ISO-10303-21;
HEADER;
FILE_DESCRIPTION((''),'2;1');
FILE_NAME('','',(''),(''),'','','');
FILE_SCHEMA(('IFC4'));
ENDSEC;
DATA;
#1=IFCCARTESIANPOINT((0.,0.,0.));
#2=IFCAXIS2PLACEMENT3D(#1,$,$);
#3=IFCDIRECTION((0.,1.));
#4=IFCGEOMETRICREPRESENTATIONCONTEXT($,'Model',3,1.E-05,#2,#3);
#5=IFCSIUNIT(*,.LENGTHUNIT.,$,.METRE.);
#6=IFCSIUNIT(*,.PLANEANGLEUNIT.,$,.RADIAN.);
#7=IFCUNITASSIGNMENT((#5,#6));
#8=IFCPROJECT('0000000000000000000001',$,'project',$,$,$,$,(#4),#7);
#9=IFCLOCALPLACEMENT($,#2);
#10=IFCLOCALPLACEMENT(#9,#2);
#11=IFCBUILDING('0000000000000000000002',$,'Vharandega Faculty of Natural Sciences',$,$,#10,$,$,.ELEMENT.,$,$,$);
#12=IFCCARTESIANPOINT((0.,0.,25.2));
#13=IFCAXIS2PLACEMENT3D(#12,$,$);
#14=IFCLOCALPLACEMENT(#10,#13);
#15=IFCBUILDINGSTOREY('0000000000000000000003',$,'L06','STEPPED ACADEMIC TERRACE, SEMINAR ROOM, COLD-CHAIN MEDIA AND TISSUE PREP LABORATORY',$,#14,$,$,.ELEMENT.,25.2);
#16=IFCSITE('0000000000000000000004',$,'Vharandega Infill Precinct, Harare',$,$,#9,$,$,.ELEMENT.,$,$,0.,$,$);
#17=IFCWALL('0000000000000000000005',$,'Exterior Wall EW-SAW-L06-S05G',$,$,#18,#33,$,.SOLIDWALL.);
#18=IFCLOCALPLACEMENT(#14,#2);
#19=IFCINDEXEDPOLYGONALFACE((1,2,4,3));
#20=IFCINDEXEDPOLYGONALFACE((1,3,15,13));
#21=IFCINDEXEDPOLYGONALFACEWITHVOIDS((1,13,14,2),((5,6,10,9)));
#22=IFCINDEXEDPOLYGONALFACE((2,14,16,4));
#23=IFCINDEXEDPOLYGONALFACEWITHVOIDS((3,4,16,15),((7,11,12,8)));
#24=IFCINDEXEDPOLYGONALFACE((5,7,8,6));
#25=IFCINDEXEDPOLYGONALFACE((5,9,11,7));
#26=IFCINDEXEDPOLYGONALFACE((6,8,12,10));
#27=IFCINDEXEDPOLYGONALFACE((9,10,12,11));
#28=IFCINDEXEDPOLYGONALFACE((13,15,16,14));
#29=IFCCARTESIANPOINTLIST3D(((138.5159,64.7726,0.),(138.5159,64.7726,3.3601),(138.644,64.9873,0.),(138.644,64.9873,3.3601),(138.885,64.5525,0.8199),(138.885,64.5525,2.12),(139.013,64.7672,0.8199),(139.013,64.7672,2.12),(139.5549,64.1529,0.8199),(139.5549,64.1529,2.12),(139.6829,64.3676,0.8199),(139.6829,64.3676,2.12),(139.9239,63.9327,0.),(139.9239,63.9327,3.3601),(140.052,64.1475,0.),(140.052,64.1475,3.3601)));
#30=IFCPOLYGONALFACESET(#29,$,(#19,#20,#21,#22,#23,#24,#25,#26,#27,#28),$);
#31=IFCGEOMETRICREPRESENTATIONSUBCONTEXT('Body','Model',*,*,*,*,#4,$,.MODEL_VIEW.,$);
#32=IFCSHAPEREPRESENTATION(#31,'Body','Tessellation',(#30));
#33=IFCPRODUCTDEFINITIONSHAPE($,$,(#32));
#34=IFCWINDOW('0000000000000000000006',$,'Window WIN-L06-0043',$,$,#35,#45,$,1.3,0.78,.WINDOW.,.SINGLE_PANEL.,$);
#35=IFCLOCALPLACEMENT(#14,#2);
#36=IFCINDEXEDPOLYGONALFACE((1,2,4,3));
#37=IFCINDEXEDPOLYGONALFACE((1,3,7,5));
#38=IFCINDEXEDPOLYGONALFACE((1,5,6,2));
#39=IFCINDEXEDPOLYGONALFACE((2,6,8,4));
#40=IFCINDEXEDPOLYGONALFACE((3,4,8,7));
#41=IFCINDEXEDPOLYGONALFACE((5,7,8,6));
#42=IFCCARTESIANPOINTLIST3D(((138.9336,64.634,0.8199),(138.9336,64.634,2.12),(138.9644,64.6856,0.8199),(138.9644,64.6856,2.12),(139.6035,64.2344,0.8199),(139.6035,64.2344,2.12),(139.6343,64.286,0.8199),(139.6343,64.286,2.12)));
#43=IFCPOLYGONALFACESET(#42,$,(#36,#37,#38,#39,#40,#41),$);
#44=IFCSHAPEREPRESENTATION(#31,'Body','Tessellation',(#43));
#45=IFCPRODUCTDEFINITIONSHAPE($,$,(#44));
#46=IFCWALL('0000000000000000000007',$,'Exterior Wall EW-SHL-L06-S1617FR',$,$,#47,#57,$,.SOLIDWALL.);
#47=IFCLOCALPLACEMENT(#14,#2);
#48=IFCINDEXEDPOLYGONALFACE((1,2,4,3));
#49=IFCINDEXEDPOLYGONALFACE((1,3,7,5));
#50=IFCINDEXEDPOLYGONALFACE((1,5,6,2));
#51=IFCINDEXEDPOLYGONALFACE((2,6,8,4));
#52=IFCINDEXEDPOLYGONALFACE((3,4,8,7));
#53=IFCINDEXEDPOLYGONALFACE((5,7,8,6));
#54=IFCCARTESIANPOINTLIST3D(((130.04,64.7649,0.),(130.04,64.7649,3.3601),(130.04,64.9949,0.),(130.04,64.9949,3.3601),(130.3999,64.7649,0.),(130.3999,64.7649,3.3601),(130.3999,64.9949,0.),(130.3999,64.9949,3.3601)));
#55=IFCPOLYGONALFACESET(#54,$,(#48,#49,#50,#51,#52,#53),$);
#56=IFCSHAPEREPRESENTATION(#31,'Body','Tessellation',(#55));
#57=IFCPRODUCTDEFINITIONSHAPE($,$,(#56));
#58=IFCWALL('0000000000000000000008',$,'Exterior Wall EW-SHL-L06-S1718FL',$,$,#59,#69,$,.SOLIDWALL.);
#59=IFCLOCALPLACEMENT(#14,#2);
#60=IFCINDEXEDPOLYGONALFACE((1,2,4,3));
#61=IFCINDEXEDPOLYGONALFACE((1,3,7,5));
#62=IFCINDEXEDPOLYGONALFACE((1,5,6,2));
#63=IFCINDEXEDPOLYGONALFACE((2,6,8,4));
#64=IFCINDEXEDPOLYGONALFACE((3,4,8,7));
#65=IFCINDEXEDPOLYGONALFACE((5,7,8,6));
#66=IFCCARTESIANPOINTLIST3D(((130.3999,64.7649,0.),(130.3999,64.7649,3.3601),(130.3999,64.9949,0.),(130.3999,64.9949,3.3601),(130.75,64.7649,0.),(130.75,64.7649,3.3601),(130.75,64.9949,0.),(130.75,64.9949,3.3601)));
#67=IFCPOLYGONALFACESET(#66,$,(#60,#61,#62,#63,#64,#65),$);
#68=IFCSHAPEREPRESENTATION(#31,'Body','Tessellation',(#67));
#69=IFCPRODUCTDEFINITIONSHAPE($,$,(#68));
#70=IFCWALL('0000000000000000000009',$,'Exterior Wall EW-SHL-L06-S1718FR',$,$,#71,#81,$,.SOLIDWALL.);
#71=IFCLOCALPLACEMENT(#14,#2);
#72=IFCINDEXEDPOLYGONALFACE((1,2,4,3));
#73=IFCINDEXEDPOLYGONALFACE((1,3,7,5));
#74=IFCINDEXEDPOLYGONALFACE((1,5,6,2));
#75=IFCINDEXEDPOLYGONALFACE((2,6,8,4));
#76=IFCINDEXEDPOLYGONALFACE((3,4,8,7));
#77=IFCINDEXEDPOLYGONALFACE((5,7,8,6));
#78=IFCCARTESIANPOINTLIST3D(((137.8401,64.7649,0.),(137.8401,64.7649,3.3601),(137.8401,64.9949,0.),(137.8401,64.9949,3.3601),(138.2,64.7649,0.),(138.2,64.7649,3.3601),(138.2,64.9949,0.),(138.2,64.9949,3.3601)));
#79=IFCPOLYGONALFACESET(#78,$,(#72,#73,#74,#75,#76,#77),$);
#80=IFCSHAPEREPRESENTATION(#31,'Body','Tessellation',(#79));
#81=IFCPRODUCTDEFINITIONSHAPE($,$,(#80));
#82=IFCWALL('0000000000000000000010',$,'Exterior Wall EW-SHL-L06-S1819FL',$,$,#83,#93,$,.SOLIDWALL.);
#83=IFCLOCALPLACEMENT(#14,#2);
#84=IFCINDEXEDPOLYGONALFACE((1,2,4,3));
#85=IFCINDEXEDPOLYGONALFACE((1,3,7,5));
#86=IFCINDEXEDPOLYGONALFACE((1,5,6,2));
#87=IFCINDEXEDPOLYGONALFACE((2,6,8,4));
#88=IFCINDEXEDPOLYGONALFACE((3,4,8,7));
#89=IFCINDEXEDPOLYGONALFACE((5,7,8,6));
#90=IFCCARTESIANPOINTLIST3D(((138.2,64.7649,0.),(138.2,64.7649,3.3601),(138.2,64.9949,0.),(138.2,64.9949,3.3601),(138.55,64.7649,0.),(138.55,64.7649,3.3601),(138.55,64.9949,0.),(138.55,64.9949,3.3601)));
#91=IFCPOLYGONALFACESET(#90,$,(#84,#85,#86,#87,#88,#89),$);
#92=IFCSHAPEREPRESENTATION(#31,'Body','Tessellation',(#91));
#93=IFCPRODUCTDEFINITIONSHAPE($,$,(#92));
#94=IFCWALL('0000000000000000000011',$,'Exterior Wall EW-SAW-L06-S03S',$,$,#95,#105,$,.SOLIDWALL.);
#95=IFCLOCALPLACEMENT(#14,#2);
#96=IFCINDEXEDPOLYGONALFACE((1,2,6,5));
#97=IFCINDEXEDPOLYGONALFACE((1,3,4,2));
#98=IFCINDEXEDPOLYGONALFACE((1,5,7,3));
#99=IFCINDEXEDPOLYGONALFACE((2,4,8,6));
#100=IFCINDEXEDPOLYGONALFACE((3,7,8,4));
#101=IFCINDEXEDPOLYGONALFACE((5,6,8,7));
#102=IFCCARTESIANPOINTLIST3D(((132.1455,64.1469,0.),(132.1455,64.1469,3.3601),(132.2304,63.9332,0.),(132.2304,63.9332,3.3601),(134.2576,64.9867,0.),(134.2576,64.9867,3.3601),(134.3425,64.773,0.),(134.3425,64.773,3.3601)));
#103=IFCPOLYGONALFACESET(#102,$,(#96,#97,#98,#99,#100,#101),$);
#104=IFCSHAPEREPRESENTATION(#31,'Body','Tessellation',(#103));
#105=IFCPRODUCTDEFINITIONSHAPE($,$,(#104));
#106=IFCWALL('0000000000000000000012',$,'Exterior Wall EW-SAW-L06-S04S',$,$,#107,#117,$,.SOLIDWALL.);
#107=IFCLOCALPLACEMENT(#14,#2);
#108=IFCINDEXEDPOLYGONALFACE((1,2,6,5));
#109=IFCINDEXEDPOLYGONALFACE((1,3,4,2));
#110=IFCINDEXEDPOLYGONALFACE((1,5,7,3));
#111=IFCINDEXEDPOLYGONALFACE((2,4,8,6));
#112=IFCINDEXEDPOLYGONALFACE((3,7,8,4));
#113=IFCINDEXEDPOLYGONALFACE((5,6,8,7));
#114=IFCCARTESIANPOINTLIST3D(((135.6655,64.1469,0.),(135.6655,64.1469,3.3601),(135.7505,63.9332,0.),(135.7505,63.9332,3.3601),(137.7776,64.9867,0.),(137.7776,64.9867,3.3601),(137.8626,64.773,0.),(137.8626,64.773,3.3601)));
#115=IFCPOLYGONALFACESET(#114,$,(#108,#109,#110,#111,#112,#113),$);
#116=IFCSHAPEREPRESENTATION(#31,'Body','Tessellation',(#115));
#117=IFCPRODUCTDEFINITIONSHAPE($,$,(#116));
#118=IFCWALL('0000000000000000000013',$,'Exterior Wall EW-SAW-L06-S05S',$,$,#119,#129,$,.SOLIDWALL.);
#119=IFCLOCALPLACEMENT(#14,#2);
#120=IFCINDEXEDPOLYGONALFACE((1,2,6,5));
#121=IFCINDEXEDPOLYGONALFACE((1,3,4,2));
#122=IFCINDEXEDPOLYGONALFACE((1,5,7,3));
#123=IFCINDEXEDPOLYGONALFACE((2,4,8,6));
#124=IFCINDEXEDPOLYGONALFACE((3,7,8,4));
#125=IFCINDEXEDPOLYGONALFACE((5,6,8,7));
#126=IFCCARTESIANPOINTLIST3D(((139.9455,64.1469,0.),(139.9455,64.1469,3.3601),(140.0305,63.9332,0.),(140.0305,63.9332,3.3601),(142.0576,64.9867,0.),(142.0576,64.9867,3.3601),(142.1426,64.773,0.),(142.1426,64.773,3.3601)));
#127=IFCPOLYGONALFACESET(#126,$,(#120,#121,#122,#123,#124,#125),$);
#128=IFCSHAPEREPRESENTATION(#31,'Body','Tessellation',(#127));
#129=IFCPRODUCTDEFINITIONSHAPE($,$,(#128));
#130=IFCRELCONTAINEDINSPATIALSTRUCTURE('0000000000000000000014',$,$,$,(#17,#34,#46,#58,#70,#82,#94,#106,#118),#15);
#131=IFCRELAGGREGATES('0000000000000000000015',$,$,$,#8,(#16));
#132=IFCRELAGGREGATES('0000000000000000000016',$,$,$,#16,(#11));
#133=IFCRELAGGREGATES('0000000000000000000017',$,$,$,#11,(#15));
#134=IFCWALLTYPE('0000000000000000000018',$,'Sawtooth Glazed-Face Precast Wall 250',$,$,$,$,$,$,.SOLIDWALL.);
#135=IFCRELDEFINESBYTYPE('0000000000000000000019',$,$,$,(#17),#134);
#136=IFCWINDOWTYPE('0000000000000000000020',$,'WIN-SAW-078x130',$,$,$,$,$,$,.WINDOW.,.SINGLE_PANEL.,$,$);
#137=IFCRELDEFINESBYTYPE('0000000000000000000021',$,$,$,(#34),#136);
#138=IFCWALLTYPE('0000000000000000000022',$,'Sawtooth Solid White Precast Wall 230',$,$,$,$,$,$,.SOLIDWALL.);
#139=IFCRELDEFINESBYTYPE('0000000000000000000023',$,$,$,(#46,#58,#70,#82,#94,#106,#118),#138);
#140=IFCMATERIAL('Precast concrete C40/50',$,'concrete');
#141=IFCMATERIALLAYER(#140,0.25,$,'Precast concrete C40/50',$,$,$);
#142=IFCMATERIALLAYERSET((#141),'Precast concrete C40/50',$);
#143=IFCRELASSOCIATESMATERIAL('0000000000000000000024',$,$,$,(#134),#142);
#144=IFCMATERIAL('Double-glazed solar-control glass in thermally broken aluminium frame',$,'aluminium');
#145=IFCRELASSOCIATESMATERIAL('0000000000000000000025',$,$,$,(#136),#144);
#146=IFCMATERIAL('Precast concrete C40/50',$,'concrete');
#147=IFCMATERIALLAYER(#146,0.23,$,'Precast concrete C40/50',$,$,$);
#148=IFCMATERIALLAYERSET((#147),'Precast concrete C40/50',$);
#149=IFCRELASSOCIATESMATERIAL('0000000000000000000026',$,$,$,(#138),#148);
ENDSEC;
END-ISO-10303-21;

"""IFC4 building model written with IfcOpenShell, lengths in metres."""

from ifc_helpers import new_model, si_unit, direction, frame, frame_2d, origin, place, context, subcontext, project, spatial, rectangle, extrude, material, layer, layer_set, type_object, element, fill, save


model = new_model("IFC4")

# Units and contexts
model_context = context("Model", 3, precision=1e-05, world=origin(), true_north=direction((0.0, 1.0)))
body_context = subcontext(model_context, "Body", "Model", "MODEL_VIEW")
ifc_project = project(units=[si_unit("LENGTHUNIT", "METRE"), si_unit("PLANEANGLEUNIT", "RADIAN")], contexts=[model_context])

# Site, building, storey
site_placement = place(None, origin())
site = spatial("IfcSite", under=ifc_project, at=site_placement, Name="Vharandega Infill Precinct, Harare", CompositionType="ELEMENT", RefElevation=0.0)
building_placement = place(site_placement, origin())
building = spatial("IfcBuilding", under=site, at=building_placement, Name="Vharandega Faculty of Natural Sciences", CompositionType="ELEMENT")
storey_placement = place(building_placement, frame((0.0, 0.0, 25.2)))
storey = spatial("IfcBuildingStorey", under=building, at=storey_placement, Name="L06", Description="STEPPED ACADEMIC TERRACE, SEMINAR ROOM, COLD-CHAIN MEDIA AND TISSUE PREP LABORATORY", CompositionType="ELEMENT", Elevation=25.2)

# Wall, opening, window
ifc_material_1 = material(Name="Precast concrete C40/50", Category="concrete")
ifc_layer_1 = layer(ifc_material_1, 0.25, Name="Precast concrete C40/50")
ifc_layer_set_1 = layer_set([ifc_layer_1], Name="Precast concrete C40/50")
wall_type_1 = type_object("IfcWallType", Name="Sawtooth Glazed-Face Precast Wall 250", PredefinedType="SOLIDWALL", material=ifc_layer_set_1)
wall_1_placement = place(storey_placement, frame((139.988, 64.04, 0.0), z_axis=(0.0, 0.0, 1.0), x_axis=(-0.858817, 0.512282, 0.0)))
wall_1 = element("IfcWall", 1, at=wall_1_placement, inside=storey, type_object=wall_type_1, Name="Exterior Wall EW-SAW-L06-S05G", PredefinedType="SOLIDWALL", context=body_context, shape_type="SweptSolid", body=[
    extrude(rectangle(XDim=1.6394, YDim=0.25, at=frame_2d((0.8198, 0.0))), origin(), (0.0, 0.0, 1.0), 3.3601),
])
opening_1_placement = place(wall_1_placement, frame((0.4297, 0.0, 0.8201)))
opening_1 = element("IfcOpeningElement", 2, at=opening_1_placement, cuts=wall_1, PredefinedType="OPENING", context=body_context, shape_type="SweptSolid", body=[
    extrude(rectangle(XDim=0.78, YDim=1.3, at=frame_2d((0.3901, 0.6499))), frame((0.0, 0.135, 0.0), z_axis=(0.0, -1.0, 0.0), x_axis=(1.0, 0.0, 0.0)), (0.0, 0.0, 1.0), 0.27),
])
ifc_material_2 = material(Name="Double-glazed solar-control glass in thermally broken aluminium frame", Category="aluminium")
window_type_1 = type_object("IfcWindowType", Name="WIN-SAW-078x130", PartitioningType="SINGLE_PANEL", PredefinedType="WINDOW", material=ifc_material_2)
window_1_placement = place(opening_1_placement, origin())
window_1 = element("IfcWindow", 3, at=window_1_placement, inside=storey, type_object=window_type_1, Name="Window WIN-L06-0043", OverallHeight=1.3, OverallWidth=0.78, PartitioningType="SINGLE_PANEL", PredefinedType="WINDOW", context=body_context, shape_type="SweptSolid", body=[
    extrude(rectangle(XDim=0.78, YDim=1.3, at=frame_2d((0.3901, 0.6499))), frame((0.0, 0.03, 0.0), z_axis=(0.0, -1.0, 0.0), x_axis=(1.0, 0.0, 0.0)), (0.0, 0.0, 1.0), 0.0601),
])
fill(opening_1, window_1)

# Walls
ifc_material_3 = material(Name="Precast concrete C40/50", Category="concrete")
ifc_layer_2 = layer(ifc_material_3, 0.23, Name="Precast concrete C40/50")
ifc_layer_set_2 = layer_set([ifc_layer_2], Name="Precast concrete C40/50")
wall_type_2 = type_object("IfcWallType", Name="Sawtooth Solid White Precast Wall 230", PredefinedType="SOLIDWALL", material=ifc_layer_set_2)
wall_2_placement = place(storey_placement, frame((130.3999, 64.8799, 0.0), z_axis=(0.0, 0.0, 1.0), x_axis=(-1.0, 0.0, 0.0)))
element("IfcWall", 4, at=wall_2_placement, inside=storey, type_object=wall_type_2, Name="Exterior Wall EW-SHL-L06-S1617FR", PredefinedType="SOLIDWALL", context=body_context, shape_type="SweptSolid", body=[
    extrude(rectangle(XDim=0.3599, YDim=0.23, at=frame_2d((0.1799, 0.0))), origin(), (0.0, 0.0, 1.0), 3.3601),
])
wall_3_placement = place(storey_placement, frame((130.75, 64.8799, 0.0), z_axis=(0.0, 0.0, 1.0), x_axis=(-1.0, 0.0, 0.0)))
element("IfcWall", 5, at=wall_3_placement, inside=storey, type_object=wall_type_2, Name="Exterior Wall EW-SHL-L06-S1718FL", PredefinedType="SOLIDWALL", context=body_context, shape_type="SweptSolid", body=[
    extrude(rectangle(XDim=0.3501, YDim=0.23, at=frame_2d((0.175, 0.0))), origin(), (0.0, 0.0, 1.0), 3.3601),
])
wall_4_placement = place(storey_placement, frame((138.2, 64.8799, 0.0), z_axis=(0.0, 0.0, 1.0), x_axis=(-1.0, 0.0, 0.0)))
element("IfcWall", 6, at=wall_4_placement, inside=storey, type_object=wall_type_2, Name="Exterior Wall EW-SHL-L06-S1718FR", PredefinedType="SOLIDWALL", context=body_context, shape_type="SweptSolid", body=[
    extrude(rectangle(XDim=0.3599, YDim=0.23, at=frame_2d((0.1799, 0.0))), origin(), (0.0, 0.0, 1.0), 3.3601),
])
wall_5_placement = place(storey_placement, frame((138.55, 64.8799, 0.0), z_axis=(0.0, 0.0, 1.0), x_axis=(-1.0, 0.0, 0.0)))
element("IfcWall", 7, at=wall_5_placement, inside=storey, type_object=wall_type_2, Name="Exterior Wall EW-SHL-L06-S1819FL", PredefinedType="SOLIDWALL", context=body_context, shape_type="SweptSolid", body=[
    extrude(rectangle(XDim=0.3501, YDim=0.23, at=frame_2d((0.175, 0.0))), origin(), (0.0, 0.0, 1.0), 3.3601),
])
for number, where, z_axis, x_axis, name in (
    (8, (134.3, 64.8799, 0.0), (0.0, 0.0, 1.0), (-0.92923, -0.369501, 0.0), "Exterior Wall EW-SAW-L06-S03S"),
    (9, (137.8201, 64.8799, 0.0), (0.0, 0.0, 1.0), (-0.92923, -0.369501, 0.0), "Exterior Wall EW-SAW-L06-S04S"),
    (10, (142.1001, 64.8799, 0.0), (0.0, 0.0, 1.0), (-0.92923, -0.369501, 0.0), "Exterior Wall EW-SAW-L06-S05S"),
):
    element("IfcWall", number, at=place(storey_placement, frame(where, z_axis=z_axis, x_axis=x_axis)), inside=storey, type_object=wall_type_2, Name=name, PredefinedType="SOLIDWALL", context=body_context, shape_type="SweptSolid", body=[
        extrude(rectangle(XDim=2.2729, YDim=0.23, at=frame_2d((1.1365, 0.0))), origin(), (0.0, 0.0, 1.0), 3.3601),
    ])

save(model, "model.ifc")
